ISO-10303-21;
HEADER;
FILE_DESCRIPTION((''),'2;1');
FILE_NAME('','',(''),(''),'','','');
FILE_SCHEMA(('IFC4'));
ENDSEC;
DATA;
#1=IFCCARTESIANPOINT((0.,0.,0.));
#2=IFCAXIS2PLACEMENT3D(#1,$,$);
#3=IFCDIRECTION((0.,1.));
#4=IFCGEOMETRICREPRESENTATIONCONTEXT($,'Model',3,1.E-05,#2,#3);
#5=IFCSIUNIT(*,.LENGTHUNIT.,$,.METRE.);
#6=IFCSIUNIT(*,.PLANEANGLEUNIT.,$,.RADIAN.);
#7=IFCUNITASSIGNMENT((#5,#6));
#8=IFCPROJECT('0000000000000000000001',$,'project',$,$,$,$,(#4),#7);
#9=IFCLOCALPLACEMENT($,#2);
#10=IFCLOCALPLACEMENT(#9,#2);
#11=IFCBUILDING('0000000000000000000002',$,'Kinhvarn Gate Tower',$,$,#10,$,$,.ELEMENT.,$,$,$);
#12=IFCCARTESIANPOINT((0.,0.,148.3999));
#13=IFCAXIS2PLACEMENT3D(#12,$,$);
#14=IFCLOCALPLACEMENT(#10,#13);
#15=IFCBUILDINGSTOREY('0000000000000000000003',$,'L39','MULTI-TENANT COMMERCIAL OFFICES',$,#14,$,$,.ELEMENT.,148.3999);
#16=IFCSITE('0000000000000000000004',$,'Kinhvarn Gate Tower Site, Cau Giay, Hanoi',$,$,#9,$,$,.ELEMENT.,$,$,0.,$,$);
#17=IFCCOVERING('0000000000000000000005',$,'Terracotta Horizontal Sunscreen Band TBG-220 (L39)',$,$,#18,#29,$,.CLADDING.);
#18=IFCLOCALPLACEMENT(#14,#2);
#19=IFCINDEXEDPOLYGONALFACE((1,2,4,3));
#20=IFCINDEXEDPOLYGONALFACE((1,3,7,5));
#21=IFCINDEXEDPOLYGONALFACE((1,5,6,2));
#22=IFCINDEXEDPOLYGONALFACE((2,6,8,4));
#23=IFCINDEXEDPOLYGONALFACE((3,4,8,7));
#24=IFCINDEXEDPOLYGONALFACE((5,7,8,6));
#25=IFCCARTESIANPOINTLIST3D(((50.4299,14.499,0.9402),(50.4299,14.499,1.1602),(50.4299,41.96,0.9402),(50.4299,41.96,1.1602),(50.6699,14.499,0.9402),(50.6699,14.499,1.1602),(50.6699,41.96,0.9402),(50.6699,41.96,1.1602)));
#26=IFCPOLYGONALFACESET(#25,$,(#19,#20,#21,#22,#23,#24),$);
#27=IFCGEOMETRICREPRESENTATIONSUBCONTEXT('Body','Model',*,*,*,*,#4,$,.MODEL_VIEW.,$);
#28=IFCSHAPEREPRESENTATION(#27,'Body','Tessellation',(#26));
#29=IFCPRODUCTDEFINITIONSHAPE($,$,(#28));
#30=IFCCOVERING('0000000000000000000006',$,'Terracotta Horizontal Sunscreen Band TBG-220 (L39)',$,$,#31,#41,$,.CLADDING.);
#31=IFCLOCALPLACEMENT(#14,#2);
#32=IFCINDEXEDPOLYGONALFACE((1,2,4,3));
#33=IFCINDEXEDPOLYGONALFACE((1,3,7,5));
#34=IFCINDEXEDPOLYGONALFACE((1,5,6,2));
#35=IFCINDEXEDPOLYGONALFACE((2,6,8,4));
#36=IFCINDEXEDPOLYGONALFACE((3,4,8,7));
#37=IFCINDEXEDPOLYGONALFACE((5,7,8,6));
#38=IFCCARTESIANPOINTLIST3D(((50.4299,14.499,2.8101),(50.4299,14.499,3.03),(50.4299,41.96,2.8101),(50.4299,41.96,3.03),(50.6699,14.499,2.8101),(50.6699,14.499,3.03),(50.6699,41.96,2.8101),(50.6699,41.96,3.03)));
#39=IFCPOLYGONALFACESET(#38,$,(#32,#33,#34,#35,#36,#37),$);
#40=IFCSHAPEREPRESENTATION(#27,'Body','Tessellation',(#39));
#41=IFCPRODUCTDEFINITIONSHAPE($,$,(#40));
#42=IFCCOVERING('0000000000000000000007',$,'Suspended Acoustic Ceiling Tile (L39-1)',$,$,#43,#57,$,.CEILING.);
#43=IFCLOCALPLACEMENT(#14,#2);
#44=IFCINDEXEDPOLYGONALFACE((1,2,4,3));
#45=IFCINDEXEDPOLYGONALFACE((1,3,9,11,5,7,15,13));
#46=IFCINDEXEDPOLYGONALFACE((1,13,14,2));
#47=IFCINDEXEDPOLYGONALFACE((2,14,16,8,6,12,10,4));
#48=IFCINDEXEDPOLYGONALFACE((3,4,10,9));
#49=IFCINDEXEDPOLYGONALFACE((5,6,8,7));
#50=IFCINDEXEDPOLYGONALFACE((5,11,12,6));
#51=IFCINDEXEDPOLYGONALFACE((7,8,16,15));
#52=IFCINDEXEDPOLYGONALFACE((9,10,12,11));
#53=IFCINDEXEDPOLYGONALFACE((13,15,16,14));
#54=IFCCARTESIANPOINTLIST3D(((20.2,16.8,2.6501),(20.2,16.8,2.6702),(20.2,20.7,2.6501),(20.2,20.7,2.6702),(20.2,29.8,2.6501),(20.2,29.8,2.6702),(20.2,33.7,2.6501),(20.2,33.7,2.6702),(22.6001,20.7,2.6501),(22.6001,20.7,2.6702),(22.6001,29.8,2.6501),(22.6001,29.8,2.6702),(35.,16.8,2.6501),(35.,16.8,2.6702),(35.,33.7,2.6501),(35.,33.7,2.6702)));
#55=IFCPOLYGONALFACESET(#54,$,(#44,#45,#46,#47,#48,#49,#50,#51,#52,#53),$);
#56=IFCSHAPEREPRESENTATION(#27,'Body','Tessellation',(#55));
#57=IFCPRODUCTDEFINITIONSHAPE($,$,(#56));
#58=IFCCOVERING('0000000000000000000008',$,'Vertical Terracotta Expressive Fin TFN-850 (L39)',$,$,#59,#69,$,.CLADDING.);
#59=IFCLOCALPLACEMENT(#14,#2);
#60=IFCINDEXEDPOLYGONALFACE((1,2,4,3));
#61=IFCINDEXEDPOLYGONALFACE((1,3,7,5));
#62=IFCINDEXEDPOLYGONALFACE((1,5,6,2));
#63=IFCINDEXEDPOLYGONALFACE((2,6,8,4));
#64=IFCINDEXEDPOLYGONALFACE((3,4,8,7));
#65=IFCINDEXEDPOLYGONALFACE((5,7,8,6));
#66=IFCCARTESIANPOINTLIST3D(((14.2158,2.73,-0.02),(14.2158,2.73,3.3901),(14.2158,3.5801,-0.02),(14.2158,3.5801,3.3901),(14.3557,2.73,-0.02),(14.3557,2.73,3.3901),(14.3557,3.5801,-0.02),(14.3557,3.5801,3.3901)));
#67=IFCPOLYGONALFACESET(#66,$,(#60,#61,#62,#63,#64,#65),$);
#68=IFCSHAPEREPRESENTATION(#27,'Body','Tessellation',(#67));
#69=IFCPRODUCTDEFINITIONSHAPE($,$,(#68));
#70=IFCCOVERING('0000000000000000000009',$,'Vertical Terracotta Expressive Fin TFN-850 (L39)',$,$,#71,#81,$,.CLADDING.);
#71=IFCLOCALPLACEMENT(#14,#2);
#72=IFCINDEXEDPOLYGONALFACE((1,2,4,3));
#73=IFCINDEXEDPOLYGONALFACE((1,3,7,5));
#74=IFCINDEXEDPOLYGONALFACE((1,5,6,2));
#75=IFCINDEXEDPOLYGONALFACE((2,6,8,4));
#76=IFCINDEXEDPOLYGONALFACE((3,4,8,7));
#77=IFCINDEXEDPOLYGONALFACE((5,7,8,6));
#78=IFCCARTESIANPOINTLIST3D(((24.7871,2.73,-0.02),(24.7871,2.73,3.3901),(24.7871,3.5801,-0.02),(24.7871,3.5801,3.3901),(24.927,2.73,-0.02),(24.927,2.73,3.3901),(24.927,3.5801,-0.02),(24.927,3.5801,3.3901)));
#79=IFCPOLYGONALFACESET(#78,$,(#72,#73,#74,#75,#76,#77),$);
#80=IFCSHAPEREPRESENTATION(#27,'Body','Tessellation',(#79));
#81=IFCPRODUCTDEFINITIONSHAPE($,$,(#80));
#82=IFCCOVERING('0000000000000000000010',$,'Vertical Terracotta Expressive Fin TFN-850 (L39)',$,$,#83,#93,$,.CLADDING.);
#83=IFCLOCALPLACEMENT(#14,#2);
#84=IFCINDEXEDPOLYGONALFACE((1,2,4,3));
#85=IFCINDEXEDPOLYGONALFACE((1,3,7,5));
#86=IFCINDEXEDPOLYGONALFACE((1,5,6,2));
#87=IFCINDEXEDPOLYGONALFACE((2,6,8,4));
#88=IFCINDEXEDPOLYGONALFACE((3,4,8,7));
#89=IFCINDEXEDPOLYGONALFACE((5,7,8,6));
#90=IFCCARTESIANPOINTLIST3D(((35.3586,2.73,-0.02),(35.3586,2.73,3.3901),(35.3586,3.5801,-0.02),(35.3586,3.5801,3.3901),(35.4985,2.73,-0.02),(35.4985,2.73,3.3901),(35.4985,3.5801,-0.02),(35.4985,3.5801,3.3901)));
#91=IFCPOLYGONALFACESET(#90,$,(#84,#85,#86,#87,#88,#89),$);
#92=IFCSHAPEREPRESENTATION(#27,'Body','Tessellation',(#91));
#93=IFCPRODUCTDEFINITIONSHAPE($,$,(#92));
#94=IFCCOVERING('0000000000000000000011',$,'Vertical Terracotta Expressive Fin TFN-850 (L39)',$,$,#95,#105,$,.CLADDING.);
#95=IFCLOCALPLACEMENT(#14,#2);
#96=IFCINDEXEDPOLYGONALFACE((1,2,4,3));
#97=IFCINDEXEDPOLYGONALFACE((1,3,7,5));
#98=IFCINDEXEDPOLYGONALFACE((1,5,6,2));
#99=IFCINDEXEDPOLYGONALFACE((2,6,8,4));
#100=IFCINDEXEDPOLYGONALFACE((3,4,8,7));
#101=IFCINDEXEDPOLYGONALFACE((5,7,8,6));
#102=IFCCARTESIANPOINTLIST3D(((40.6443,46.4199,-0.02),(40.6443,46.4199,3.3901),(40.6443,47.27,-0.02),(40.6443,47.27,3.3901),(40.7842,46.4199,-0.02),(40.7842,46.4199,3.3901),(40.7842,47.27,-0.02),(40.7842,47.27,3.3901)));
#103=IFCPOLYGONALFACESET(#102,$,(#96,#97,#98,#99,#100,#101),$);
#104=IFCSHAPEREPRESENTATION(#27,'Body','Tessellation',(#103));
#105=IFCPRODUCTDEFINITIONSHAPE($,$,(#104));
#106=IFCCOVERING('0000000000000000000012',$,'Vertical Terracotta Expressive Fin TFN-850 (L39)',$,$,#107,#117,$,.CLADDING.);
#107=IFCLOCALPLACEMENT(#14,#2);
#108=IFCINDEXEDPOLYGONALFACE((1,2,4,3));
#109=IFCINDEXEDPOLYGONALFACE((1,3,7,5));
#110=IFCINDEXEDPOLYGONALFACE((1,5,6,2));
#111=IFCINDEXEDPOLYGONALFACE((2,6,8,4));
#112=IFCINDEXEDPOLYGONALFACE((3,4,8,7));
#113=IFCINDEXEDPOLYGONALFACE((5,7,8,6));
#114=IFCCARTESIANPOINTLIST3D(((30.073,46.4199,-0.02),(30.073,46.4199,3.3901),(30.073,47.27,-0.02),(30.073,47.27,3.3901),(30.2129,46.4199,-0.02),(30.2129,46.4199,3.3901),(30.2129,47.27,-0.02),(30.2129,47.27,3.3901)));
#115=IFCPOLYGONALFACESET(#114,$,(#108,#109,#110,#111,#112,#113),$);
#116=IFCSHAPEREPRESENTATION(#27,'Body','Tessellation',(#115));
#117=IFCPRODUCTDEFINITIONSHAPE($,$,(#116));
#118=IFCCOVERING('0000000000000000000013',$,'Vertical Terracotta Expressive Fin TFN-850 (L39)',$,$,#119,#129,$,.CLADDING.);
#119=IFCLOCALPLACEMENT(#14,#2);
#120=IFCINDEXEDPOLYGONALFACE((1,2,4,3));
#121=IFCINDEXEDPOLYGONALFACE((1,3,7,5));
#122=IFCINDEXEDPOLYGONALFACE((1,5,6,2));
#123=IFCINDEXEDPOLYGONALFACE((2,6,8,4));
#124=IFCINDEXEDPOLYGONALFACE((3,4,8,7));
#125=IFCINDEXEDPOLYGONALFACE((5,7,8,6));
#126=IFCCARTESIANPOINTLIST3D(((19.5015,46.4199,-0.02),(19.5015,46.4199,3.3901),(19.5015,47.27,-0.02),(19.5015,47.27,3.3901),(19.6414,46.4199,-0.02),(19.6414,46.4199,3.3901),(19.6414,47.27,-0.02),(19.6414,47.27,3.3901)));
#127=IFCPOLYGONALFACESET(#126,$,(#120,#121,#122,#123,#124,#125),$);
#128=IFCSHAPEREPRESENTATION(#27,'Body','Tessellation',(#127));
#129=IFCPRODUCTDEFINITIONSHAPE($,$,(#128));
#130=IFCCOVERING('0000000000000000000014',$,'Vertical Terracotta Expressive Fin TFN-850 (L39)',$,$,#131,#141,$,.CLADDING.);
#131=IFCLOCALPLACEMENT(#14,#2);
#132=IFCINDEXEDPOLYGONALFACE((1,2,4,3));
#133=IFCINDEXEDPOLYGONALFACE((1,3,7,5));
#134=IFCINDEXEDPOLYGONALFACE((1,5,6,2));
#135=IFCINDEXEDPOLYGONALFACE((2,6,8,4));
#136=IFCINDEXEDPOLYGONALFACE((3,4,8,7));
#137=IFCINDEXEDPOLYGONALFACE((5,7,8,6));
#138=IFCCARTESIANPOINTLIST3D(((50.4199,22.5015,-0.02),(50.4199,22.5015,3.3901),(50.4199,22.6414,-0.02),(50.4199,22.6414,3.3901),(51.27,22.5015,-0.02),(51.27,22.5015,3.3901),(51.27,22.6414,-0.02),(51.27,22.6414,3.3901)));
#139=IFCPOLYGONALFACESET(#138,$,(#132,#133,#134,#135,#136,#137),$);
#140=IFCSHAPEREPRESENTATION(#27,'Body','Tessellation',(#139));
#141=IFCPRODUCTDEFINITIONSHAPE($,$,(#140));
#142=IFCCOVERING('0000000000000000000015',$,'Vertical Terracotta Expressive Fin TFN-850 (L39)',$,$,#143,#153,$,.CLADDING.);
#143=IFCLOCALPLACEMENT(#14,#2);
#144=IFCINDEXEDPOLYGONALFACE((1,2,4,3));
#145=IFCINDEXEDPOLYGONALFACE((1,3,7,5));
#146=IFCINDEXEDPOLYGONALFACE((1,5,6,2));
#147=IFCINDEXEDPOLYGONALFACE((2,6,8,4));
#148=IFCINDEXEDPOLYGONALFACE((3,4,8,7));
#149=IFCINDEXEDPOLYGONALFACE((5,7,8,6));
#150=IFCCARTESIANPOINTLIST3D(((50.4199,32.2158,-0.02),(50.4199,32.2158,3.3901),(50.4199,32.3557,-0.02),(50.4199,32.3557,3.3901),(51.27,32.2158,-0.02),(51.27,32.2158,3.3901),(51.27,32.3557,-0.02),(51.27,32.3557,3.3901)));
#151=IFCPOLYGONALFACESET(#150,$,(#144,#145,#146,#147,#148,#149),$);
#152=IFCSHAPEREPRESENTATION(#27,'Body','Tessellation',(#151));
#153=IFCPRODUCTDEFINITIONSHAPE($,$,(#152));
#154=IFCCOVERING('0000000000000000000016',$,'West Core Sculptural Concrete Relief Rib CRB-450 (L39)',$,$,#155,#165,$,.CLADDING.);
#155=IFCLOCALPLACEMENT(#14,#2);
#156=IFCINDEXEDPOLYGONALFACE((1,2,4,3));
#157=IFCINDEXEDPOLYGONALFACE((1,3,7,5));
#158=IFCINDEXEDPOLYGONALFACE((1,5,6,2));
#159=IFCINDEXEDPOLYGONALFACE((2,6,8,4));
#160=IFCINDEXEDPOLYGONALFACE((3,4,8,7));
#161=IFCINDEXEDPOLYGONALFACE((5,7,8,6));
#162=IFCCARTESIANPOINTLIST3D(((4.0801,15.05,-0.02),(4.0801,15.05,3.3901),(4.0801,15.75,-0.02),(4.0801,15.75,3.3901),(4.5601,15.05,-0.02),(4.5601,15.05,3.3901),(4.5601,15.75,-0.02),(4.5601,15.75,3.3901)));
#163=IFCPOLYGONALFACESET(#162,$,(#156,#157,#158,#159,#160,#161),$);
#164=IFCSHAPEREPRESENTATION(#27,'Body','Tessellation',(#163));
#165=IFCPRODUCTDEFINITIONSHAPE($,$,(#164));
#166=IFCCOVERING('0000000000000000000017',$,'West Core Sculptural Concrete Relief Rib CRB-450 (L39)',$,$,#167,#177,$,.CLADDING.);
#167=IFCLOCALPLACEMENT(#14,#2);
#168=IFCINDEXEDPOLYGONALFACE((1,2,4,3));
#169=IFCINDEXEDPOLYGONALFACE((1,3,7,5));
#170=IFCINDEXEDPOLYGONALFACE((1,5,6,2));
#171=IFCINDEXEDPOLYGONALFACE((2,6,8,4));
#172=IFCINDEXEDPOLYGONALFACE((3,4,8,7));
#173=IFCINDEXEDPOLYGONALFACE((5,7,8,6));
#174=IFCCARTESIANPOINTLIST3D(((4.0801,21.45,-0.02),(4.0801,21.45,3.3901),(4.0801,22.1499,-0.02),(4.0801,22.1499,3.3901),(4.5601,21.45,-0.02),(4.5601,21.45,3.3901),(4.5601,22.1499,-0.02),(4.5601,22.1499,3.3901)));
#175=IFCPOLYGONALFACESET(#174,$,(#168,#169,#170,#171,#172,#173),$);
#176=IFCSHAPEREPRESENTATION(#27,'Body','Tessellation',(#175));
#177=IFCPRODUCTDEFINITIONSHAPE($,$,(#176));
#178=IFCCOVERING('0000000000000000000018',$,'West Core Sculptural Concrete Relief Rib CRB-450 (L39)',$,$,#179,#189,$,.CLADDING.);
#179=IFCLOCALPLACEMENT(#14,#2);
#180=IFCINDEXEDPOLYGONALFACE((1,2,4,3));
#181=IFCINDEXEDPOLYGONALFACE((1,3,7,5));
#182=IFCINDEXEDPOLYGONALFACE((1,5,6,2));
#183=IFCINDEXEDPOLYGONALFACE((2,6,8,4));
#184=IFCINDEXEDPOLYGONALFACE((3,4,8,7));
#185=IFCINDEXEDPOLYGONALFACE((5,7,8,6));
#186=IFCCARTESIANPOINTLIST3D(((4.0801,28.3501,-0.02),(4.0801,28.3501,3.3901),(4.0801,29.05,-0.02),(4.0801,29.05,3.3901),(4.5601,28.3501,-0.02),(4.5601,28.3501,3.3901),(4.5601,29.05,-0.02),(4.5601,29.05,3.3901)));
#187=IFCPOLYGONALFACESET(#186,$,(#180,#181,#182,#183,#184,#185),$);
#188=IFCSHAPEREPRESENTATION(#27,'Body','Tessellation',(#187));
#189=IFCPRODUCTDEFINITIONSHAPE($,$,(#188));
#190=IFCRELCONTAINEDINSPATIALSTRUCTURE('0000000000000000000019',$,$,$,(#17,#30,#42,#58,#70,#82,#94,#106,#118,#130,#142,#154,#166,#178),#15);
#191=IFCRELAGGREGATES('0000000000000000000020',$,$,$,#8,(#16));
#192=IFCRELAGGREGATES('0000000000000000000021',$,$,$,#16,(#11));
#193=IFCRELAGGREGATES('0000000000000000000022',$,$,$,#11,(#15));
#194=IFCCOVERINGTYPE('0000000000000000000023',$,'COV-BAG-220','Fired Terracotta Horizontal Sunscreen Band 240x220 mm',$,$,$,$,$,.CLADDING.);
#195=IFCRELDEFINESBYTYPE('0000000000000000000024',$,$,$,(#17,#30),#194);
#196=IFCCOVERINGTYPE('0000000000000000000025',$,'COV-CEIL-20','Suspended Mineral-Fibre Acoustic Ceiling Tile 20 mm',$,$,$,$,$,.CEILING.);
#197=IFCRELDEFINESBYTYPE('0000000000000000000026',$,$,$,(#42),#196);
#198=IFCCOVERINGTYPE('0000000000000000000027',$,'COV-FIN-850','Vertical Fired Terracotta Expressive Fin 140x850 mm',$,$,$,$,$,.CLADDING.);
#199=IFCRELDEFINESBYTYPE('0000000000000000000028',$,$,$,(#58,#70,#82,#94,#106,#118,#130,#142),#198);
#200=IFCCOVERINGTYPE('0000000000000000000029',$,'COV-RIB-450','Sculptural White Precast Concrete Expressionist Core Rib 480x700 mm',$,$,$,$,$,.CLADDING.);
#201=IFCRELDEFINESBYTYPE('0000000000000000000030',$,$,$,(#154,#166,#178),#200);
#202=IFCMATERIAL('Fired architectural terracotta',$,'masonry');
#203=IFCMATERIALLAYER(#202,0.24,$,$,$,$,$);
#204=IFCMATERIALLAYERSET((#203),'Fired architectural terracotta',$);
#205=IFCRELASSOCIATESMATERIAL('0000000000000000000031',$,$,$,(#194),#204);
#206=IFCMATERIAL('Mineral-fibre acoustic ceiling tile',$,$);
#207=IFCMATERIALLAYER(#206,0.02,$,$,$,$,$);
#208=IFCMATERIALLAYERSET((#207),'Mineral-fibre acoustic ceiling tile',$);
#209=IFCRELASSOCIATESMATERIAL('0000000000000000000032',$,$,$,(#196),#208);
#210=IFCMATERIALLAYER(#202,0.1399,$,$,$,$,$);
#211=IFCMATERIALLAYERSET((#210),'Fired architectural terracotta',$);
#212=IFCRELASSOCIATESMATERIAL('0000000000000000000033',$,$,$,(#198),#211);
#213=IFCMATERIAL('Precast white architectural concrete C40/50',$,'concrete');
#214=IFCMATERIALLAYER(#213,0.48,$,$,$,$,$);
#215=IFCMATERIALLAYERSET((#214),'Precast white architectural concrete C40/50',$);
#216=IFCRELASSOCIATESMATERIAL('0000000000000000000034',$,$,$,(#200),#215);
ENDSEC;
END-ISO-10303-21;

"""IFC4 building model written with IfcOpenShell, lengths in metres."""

from ifc_helpers import new_model, si_unit, direction, frame, origin, place, context, subcontext, project, spatial, polyline, outline, extrude, material, layer, layer_set, type_object, element, save


model = new_model("IFC4")

# Units and contexts
model_context = context("Model", 3, precision=1e-05, world=origin(), true_north=direction((0.0, 1.0)))
body_context = subcontext(model_context, "Body", "Model", "MODEL_VIEW")
ifc_project = project(units=[si_unit("LENGTHUNIT", "METRE"), si_unit("PLANEANGLEUNIT", "RADIAN")], contexts=[model_context])

# Site, building, storey
site_placement = place(None, origin())
site = spatial("IfcSite", under=ifc_project, at=site_placement, Name="Kinhvarn Gate Tower Site, Cau Giay, Hanoi", CompositionType="ELEMENT", RefElevation=0.0)
building_placement = place(site_placement, origin())
building = spatial("IfcBuilding", under=site, at=building_placement, Name="Kinhvarn Gate Tower", CompositionType="ELEMENT")
storey_placement = place(building_placement, frame((0.0, 0.0, 148.3999)))
storey = spatial("IfcBuildingStorey", under=building, at=storey_placement, Name="L39", Description="MULTI-TENANT COMMERCIAL OFFICES", CompositionType="ELEMENT", Elevation=148.3999)

# Shared definitions
ifc_material_1 = material(Name="Precast white architectural concrete C40/50", Category="concrete")

# Coverings
ifc_material_2 = material(Name="Fired architectural terracotta", Category="masonry")
ifc_layer_1 = layer(ifc_material_2, 0.24)
ifc_layer_set_1 = layer_set([ifc_layer_1], Name="Fired architectural terracotta")
covering_type_1 = type_object("IfcCoveringType", Name="COV-BAG-220", Description="Fired Terracotta Horizontal Sunscreen Band 240x220 mm", PredefinedType="CLADDING", material=ifc_layer_set_1)
for number, where, name in (
    (1, (0.0, 0.0, 0.9402), "Terracotta Horizontal Sunscreen Band TBG-220 (L39)"),
    (2, (0.0, 0.0, 2.8101), "Terracotta Horizontal Sunscreen Band TBG-220 (L39)"),
):
    element("IfcCovering", number, at=place(storey_placement, frame(where)), inside=storey, type_object=covering_type_1, Name=name, PredefinedType="CLADDING", context=body_context, shape_type="SweptSolid", body=[
        extrude(outline(polyline([(50.4299, 14.499), (50.4299, 41.96), (50.6699, 41.96), (50.6699, 14.499), (50.4299, 14.499)])), origin(), (0.0, 0.0, 1.0), 0.22),
    ])
ifc_material_3 = material(Name="Mineral-fibre acoustic ceiling tile")
ifc_layer_2 = layer(ifc_material_3, 0.02)
ifc_layer_set_2 = layer_set([ifc_layer_2], Name="Mineral-fibre acoustic ceiling tile")
covering_type_2 = type_object("IfcCoveringType", Name="COV-CEIL-20", Description="Suspended Mineral-Fibre Acoustic Ceiling Tile 20 mm", PredefinedType="CEILING", material=ifc_layer_set_2)
covering_1_placement = place(storey_placement, frame((0.0, 0.0, 2.6501)))
element("IfcCovering", 3, at=covering_1_placement, inside=storey, type_object=covering_type_2, Name="Suspended Acoustic Ceiling Tile (L39-1)", PredefinedType="CEILING", context=body_context, shape_type="SweptSolid", body=[
    extrude(outline(polyline([(35.0, 33.7), (35.0, 16.8), (20.2, 16.8), (20.2, 20.7), (22.6001, 20.7), (22.6001, 29.8), (20.2, 29.8), (20.2, 33.7), (35.0, 33.7)])), origin(), (0.0, 0.0, 1.0), 0.02),
])
ifc_layer_3 = layer(ifc_material_2, 0.1399)
ifc_layer_set_3 = layer_set([ifc_layer_3], Name="Fired architectural terracotta")
covering_type_3 = type_object("IfcCoveringType", Name="COV-FIN-850", Description="Vertical Fired Terracotta Expressive Fin 140x850 mm", PredefinedType="CLADDING", material=ifc_layer_set_3)
covering_2_placement = place(storey_placement, frame((0.0, 0.0, -0.02)))
element("IfcCovering", 4, at=covering_2_placement, inside=storey, type_object=covering_type_3, Name="Vertical Terracotta Expressive Fin TFN-850 (L39)", PredefinedType="CLADDING", context=body_context, shape_type="SweptSolid", body=[
    extrude(outline(polyline([(14.2158, 3.5801), (14.3557, 3.5801), (14.3557, 2.73), (14.2158, 2.73), (14.2158, 3.5801)])), origin(), (0.0, 0.0, 1.0), 3.4102),
])
covering_3_placement = place(storey_placement, frame((0.0, 0.0, -0.02)))
element("IfcCovering", 5, at=covering_3_placement, inside=storey, type_object=covering_type_3, Name="Vertical Terracotta Expressive Fin TFN-850 (L39)", PredefinedType="CLADDING", context=body_context, shape_type="SweptSolid", body=[
    extrude(outline(polyline([(24.7871, 3.5801), (24.927, 3.5801), (24.927, 2.73), (24.7871, 2.73), (24.7871, 3.5801)])), origin(), (0.0, 0.0, 1.0), 3.4102),
])
covering_4_placement = place(storey_placement, frame((0.0, 0.0, -0.02)))
element("IfcCovering", 6, at=covering_4_placement, inside=storey, type_object=covering_type_3, Name="Vertical Terracotta Expressive Fin TFN-850 (L39)", PredefinedType="CLADDING", context=body_context, shape_type="SweptSolid", body=[
    extrude(outline(polyline([(35.3586, 3.5801), (35.4985, 3.5801), (35.4985, 2.73), (35.3586, 2.73), (35.3586, 3.5801)])), origin(), (0.0, 0.0, 1.0), 3.4102),
])
covering_5_placement = place(storey_placement, frame((0.0, 0.0, -0.02)))
element("IfcCovering", 7, at=covering_5_placement, inside=storey, type_object=covering_type_3, Name="Vertical Terracotta Expressive Fin TFN-850 (L39)", PredefinedType="CLADDING", context=body_context, shape_type="SweptSolid", body=[
    extrude(outline(polyline([(40.7842, 46.4199), (40.6443, 46.4199), (40.6443, 47.27), (40.7842, 47.27), (40.7842, 46.4199)])), origin(), (0.0, 0.0, 1.0), 3.4102),
])
covering_6_placement = place(storey_placement, frame((0.0, 0.0, -0.02)))
element("IfcCovering", 8, at=covering_6_placement, inside=storey, type_object=covering_type_3, Name="Vertical Terracotta Expressive Fin TFN-850 (L39)", PredefinedType="CLADDING", context=body_context, shape_type="SweptSolid", body=[
    extrude(outline(polyline([(30.2129, 46.4199), (30.073, 46.4199), (30.073, 47.27), (30.2129, 47.27), (30.2129, 46.4199)])), origin(), (0.0, 0.0, 1.0), 3.4102),
])
covering_7_placement = place(storey_placement, frame((0.0, 0.0, -0.02)))
element("IfcCovering", 9, at=covering_7_placement, inside=storey, type_object=covering_type_3, Name="Vertical Terracotta Expressive Fin TFN-850 (L39)", PredefinedType="CLADDING", context=body_context, shape_type="SweptSolid", body=[
    extrude(outline(polyline([(19.6414, 46.4199), (19.5015, 46.4199), (19.5015, 47.27), (19.6414, 47.27), (19.6414, 46.4199)])), origin(), (0.0, 0.0, 1.0), 3.4102),
])
covering_8_placement = place(storey_placement, frame((0.0, 0.0, -0.02)))
element("IfcCovering", 10, at=covering_8_placement, inside=storey, type_object=covering_type_3, Name="Vertical Terracotta Expressive Fin TFN-850 (L39)", PredefinedType="CLADDING", context=body_context, shape_type="SweptSolid", body=[
    extrude(outline(polyline([(50.4199, 22.5015), (50.4199, 22.6414), (51.27, 22.6414), (51.27, 22.5015), (50.4199, 22.5015)])), origin(), (0.0, 0.0, 1.0), 3.4102),
])
covering_9_placement = place(storey_placement, frame((0.0, 0.0, -0.02)))
element("IfcCovering", 11, at=covering_9_placement, inside=storey, type_object=covering_type_3, Name="Vertical Terracotta Expressive Fin TFN-850 (L39)", PredefinedType="CLADDING", context=body_context, shape_type="SweptSolid", body=[
    extrude(outline(polyline([(50.4199, 32.2158), (50.4199, 32.3557), (51.27, 32.3557), (51.27, 32.2158), (50.4199, 32.2158)])), origin(), (0.0, 0.0, 1.0), 3.4102),
])
ifc_layer_4 = layer(ifc_material_1, 0.48)
ifc_layer_set_4 = layer_set([ifc_layer_4], Name="Precast white architectural concrete C40/50")
covering_type_4 = type_object("IfcCoveringType", Name="COV-RIB-450", Description="Sculptural White Precast Concrete Expressionist Core Rib 480x700 mm", PredefinedType="CLADDING", material=ifc_layer_set_4)
covering_10_placement = place(storey_placement, frame((0.0, 0.0, -0.02)))
element("IfcCovering", 12, at=covering_10_placement, inside=storey, type_object=covering_type_4, Name="West Core Sculptural Concrete Relief Rib CRB-450 (L39)", PredefinedType="CLADDING", context=body_context, shape_type="SweptSolid", body=[
    extrude(outline(polyline([(4.0801, 15.05), (4.5601, 15.05), (4.5601, 15.75), (4.0801, 15.75), (4.0801, 15.05)])), origin(), (0.0, 0.0, 1.0), 3.4102),
])
covering_11_placement = place(storey_placement, frame((0.0, 0.0, -0.02)))
element("IfcCovering", 13, at=covering_11_placement, inside=storey, type_object=covering_type_4, Name="West Core Sculptural Concrete Relief Rib CRB-450 (L39)", PredefinedType="CLADDING", context=body_context, shape_type="SweptSolid", body=[
    extrude(outline(polyline([(4.0801, 21.45), (4.5601, 21.45), (4.5601, 22.1499), (4.0801, 22.1499), (4.0801, 21.45)])), origin(), (0.0, 0.0, 1.0), 3.4102),
])
covering_12_placement = place(storey_placement, frame((0.0, 0.0, -0.02)))
element("IfcCovering", 14, at=covering_12_placement, inside=storey, type_object=covering_type_4, Name="West Core Sculptural Concrete Relief Rib CRB-450 (L39)", PredefinedType="CLADDING", context=body_context, shape_type="SweptSolid", body=[
    extrude(outline(polyline([(4.0801, 28.3501), (4.5601, 28.3501), (4.5601, 29.05), (4.0801, 29.05), (4.0801, 28.3501)])), origin(), (0.0, 0.0, 1.0), 3.4102),
])

save(model, "model.ifc")
